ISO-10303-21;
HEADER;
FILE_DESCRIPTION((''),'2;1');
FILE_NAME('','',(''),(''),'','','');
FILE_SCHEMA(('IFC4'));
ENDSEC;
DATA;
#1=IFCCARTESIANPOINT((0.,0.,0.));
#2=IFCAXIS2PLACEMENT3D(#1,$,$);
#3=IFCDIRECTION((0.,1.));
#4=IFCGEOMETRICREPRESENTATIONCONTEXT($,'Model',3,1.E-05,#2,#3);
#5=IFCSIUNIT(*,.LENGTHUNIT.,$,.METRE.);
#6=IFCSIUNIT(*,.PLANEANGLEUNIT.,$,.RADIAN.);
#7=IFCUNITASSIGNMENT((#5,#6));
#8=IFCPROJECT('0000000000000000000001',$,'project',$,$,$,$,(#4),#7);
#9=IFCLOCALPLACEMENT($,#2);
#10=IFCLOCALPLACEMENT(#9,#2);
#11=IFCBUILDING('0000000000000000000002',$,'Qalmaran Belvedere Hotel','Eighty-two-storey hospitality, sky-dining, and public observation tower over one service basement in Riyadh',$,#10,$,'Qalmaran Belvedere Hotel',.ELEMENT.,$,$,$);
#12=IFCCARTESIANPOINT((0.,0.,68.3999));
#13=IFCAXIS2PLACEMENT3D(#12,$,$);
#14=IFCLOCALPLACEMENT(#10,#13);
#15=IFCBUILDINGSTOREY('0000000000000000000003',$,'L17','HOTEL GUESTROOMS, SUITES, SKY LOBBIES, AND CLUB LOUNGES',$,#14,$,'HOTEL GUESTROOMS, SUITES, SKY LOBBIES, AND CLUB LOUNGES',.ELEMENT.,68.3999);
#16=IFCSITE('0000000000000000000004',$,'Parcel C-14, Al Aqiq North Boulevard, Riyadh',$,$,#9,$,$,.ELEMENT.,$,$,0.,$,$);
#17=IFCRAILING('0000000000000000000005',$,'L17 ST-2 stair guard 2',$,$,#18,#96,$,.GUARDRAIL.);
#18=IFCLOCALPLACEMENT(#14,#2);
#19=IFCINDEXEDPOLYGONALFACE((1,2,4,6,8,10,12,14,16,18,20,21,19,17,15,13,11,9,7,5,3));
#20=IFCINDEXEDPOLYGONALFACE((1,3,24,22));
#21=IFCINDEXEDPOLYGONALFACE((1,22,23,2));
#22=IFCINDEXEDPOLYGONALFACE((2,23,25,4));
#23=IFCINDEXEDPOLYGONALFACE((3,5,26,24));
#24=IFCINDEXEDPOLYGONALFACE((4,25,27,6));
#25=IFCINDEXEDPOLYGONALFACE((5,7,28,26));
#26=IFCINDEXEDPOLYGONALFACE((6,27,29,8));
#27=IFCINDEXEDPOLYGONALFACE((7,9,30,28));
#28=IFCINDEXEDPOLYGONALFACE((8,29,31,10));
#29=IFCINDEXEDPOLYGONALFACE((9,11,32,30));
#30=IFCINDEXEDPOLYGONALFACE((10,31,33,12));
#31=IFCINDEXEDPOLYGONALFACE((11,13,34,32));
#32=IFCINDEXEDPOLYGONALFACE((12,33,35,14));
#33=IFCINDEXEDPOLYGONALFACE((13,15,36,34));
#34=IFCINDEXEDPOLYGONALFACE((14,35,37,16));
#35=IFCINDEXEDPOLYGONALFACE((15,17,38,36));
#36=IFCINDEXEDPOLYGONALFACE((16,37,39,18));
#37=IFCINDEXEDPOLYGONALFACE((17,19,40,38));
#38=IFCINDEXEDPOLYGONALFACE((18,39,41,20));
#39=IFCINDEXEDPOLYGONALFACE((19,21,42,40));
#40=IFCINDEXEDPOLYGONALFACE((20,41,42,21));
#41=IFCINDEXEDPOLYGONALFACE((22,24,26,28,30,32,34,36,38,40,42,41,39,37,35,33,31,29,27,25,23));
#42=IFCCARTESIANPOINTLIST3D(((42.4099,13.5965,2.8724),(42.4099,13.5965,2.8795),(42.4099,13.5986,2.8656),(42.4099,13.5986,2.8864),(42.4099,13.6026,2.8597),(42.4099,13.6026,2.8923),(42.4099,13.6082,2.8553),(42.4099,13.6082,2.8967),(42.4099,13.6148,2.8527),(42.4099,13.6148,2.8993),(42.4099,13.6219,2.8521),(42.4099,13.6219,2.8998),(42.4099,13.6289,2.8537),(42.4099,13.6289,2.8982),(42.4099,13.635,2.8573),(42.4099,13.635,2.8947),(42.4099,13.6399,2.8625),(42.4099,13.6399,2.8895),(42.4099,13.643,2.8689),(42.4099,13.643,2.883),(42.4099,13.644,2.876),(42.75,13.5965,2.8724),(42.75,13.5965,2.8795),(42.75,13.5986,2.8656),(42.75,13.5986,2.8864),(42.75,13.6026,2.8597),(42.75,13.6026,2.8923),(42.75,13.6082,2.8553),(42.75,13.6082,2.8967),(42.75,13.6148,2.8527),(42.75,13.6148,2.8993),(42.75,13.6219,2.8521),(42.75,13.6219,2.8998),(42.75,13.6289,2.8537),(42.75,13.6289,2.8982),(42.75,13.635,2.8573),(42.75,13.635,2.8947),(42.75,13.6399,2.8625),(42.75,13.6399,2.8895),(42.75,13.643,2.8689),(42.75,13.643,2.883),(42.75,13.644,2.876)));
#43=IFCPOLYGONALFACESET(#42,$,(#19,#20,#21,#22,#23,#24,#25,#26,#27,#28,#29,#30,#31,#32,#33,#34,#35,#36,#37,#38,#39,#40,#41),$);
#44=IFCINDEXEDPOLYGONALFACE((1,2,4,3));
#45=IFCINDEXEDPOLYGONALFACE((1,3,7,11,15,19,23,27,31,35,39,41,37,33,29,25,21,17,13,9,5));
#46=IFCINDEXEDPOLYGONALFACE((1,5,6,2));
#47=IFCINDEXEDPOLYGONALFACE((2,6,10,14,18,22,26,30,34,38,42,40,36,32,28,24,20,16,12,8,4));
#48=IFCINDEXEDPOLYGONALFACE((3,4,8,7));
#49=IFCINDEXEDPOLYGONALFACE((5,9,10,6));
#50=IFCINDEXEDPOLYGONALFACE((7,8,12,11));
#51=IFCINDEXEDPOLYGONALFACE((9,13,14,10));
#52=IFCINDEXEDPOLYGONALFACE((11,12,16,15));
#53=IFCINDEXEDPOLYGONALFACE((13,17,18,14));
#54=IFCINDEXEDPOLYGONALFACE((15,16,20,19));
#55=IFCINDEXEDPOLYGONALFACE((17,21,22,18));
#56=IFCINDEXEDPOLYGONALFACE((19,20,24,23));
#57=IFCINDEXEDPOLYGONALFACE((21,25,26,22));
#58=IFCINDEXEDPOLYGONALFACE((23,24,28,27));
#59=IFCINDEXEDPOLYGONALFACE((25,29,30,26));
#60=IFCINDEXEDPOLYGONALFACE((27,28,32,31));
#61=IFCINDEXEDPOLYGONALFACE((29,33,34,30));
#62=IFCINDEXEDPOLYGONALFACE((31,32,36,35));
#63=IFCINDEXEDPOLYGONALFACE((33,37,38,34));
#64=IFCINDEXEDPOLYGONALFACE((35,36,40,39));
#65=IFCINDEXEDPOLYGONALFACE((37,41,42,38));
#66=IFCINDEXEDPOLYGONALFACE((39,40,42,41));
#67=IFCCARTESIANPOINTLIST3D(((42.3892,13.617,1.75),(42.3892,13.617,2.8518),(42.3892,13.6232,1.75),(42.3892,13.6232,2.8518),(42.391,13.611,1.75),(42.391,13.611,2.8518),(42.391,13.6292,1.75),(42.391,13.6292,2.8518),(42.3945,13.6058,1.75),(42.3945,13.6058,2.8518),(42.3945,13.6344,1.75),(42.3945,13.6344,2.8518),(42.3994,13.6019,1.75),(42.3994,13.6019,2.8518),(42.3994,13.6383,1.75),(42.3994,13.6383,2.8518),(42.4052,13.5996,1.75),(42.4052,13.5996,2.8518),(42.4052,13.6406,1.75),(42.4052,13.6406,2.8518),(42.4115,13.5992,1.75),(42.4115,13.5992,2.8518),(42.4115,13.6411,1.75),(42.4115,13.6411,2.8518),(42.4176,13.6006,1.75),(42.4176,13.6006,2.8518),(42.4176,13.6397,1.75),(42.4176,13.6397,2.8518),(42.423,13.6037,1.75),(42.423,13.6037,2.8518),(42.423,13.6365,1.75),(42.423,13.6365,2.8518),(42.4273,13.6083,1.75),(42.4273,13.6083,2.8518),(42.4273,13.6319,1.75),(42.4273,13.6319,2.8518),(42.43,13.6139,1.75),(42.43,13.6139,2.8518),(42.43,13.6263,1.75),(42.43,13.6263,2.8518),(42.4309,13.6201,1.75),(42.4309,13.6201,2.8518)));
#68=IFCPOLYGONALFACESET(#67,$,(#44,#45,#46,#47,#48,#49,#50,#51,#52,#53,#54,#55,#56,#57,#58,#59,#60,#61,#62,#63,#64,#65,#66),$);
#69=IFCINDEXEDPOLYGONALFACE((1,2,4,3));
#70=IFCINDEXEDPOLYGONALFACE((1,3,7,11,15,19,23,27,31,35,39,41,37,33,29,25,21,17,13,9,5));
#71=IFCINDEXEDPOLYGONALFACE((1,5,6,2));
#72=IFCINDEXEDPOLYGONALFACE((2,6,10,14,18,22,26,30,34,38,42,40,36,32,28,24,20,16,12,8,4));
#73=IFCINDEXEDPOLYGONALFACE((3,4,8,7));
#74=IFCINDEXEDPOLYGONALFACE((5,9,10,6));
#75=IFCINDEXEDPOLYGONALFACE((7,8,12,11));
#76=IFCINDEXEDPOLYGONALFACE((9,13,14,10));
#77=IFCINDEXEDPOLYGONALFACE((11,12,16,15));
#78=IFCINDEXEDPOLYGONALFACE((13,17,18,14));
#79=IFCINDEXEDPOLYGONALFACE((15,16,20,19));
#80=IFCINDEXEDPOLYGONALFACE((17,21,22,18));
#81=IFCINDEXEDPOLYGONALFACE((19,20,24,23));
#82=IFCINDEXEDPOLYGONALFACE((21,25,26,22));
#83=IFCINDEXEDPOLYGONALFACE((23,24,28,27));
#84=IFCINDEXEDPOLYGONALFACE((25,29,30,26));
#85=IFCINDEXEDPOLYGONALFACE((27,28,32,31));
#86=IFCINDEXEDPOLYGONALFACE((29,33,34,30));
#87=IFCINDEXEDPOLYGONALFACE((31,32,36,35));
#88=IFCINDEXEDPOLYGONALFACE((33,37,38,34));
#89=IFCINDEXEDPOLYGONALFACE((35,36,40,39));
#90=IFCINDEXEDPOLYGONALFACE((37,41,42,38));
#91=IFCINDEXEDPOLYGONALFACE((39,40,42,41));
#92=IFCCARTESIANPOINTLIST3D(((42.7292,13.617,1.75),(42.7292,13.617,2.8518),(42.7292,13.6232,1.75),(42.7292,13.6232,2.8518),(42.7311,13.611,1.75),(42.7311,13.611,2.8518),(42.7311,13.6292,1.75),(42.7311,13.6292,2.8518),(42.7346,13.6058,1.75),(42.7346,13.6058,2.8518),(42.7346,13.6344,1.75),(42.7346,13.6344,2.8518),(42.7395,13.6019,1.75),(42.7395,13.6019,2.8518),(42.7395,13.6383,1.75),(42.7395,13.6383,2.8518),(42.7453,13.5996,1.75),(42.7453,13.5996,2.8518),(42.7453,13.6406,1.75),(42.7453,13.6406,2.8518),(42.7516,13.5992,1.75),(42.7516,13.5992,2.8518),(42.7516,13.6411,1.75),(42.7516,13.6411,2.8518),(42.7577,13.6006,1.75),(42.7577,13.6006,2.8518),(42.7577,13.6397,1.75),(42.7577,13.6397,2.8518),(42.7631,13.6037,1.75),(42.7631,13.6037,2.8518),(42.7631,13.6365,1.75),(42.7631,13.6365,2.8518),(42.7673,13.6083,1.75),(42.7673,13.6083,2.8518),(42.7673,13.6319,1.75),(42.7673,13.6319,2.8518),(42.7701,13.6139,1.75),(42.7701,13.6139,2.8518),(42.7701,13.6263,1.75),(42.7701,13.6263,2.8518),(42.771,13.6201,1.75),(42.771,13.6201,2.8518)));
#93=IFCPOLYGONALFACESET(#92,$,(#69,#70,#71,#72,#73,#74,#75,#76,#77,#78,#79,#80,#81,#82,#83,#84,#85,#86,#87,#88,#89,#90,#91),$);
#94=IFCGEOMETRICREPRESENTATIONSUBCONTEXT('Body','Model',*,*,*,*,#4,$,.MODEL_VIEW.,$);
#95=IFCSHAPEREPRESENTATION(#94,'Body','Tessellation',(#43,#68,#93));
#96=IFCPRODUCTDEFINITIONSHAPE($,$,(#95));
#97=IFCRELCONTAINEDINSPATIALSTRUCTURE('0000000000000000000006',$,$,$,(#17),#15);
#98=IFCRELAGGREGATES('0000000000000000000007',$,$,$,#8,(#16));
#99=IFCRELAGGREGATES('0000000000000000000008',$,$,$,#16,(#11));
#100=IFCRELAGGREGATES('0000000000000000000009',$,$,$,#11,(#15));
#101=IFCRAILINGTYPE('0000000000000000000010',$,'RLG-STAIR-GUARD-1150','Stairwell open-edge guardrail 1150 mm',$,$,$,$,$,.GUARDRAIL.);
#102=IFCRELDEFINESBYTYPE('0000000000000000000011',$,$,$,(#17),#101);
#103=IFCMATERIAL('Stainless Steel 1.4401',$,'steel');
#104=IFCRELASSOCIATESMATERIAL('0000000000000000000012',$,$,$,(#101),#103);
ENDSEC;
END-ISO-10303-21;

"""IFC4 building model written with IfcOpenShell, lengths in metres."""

from ifc_helpers import new_model, si_unit, direction, frame, origin, origin_2d, place, context, subcontext, project, spatial, circle, extrude, material, type_object, element, save


model = new_model("IFC4")

# Units and contexts
model_context = context("Model", 3, precision=1e-05, world=origin(), true_north=direction((0.0, 1.0)))
body_context = subcontext(model_context, "Body", "Model", "MODEL_VIEW")
ifc_project = project(units=[si_unit("LENGTHUNIT", "METRE"), si_unit("PLANEANGLEUNIT", "RADIAN")], contexts=[model_context])

# Site, building, storey
site_placement = place(None, origin())
site = spatial("IfcSite", under=ifc_project, at=site_placement, Name="Parcel C-14, Al Aqiq North Boulevard, Riyadh", CompositionType="ELEMENT", RefElevation=0.0)
building_placement = place(site_placement, origin())
building = spatial("IfcBuilding", under=site, at=building_placement, Name="Qalmaran Belvedere Hotel", Description="Eighty-two-storey hospitality, sky-dining, and public observation tower over one service basement in Riyadh", LongName="Qalmaran Belvedere Hotel", CompositionType="ELEMENT")
storey_placement = place(building_placement, frame((0.0, 0.0, 68.3999)))
storey = spatial("IfcBuildingStorey", under=building, at=storey_placement, Name="L17", Description="HOTEL GUESTROOMS, SUITES, SKY LOBBIES, AND CLUB LOUNGES", LongName="HOTEL GUESTROOMS, SUITES, SKY LOBBIES, AND CLUB LOUNGES", CompositionType="ELEMENT", Elevation=68.3999)

# Shared definitions
ifc_material_1 = material(Name="Stainless Steel 1.4401", Category="steel")

# Railing
railing_type_1 = type_object("IfcRailingType", Name="RLG-STAIR-GUARD-1150", Description="Stairwell open-edge guardrail 1150 mm", PredefinedType="GUARDRAIL", material=ifc_material_1)
railing_1_placement = place(storey_placement, frame((42.4099, 13.6201, 1.75)))
element("IfcRailing", 1, at=railing_1_placement, inside=storey, type_object=railing_type_1, Name="L17 ST-2 stair guard 2", PredefinedType="GUARDRAIL", context=body_context, shape_type="SweptSolid", body=[
    extrude(circle(Radius=0.0239, at=origin_2d()), frame((0.0, 0.0, 1.126), z_axis=(1.0, 0.0, 0.0), x_axis=(0.0, 1.0, 0.0)), (0.0, 0.0, 1.0), 0.3401),
    extrude(circle(Radius=0.021, at=origin_2d()), origin(), (0.0, 0.0, 1.0), 1.1018),
    extrude(circle(Radius=0.021, at=origin_2d()), frame((0.3401, 0.0, 0.0)), (0.0, 0.0, 1.0), 1.1018),
])

save(model, "model.ifc")
